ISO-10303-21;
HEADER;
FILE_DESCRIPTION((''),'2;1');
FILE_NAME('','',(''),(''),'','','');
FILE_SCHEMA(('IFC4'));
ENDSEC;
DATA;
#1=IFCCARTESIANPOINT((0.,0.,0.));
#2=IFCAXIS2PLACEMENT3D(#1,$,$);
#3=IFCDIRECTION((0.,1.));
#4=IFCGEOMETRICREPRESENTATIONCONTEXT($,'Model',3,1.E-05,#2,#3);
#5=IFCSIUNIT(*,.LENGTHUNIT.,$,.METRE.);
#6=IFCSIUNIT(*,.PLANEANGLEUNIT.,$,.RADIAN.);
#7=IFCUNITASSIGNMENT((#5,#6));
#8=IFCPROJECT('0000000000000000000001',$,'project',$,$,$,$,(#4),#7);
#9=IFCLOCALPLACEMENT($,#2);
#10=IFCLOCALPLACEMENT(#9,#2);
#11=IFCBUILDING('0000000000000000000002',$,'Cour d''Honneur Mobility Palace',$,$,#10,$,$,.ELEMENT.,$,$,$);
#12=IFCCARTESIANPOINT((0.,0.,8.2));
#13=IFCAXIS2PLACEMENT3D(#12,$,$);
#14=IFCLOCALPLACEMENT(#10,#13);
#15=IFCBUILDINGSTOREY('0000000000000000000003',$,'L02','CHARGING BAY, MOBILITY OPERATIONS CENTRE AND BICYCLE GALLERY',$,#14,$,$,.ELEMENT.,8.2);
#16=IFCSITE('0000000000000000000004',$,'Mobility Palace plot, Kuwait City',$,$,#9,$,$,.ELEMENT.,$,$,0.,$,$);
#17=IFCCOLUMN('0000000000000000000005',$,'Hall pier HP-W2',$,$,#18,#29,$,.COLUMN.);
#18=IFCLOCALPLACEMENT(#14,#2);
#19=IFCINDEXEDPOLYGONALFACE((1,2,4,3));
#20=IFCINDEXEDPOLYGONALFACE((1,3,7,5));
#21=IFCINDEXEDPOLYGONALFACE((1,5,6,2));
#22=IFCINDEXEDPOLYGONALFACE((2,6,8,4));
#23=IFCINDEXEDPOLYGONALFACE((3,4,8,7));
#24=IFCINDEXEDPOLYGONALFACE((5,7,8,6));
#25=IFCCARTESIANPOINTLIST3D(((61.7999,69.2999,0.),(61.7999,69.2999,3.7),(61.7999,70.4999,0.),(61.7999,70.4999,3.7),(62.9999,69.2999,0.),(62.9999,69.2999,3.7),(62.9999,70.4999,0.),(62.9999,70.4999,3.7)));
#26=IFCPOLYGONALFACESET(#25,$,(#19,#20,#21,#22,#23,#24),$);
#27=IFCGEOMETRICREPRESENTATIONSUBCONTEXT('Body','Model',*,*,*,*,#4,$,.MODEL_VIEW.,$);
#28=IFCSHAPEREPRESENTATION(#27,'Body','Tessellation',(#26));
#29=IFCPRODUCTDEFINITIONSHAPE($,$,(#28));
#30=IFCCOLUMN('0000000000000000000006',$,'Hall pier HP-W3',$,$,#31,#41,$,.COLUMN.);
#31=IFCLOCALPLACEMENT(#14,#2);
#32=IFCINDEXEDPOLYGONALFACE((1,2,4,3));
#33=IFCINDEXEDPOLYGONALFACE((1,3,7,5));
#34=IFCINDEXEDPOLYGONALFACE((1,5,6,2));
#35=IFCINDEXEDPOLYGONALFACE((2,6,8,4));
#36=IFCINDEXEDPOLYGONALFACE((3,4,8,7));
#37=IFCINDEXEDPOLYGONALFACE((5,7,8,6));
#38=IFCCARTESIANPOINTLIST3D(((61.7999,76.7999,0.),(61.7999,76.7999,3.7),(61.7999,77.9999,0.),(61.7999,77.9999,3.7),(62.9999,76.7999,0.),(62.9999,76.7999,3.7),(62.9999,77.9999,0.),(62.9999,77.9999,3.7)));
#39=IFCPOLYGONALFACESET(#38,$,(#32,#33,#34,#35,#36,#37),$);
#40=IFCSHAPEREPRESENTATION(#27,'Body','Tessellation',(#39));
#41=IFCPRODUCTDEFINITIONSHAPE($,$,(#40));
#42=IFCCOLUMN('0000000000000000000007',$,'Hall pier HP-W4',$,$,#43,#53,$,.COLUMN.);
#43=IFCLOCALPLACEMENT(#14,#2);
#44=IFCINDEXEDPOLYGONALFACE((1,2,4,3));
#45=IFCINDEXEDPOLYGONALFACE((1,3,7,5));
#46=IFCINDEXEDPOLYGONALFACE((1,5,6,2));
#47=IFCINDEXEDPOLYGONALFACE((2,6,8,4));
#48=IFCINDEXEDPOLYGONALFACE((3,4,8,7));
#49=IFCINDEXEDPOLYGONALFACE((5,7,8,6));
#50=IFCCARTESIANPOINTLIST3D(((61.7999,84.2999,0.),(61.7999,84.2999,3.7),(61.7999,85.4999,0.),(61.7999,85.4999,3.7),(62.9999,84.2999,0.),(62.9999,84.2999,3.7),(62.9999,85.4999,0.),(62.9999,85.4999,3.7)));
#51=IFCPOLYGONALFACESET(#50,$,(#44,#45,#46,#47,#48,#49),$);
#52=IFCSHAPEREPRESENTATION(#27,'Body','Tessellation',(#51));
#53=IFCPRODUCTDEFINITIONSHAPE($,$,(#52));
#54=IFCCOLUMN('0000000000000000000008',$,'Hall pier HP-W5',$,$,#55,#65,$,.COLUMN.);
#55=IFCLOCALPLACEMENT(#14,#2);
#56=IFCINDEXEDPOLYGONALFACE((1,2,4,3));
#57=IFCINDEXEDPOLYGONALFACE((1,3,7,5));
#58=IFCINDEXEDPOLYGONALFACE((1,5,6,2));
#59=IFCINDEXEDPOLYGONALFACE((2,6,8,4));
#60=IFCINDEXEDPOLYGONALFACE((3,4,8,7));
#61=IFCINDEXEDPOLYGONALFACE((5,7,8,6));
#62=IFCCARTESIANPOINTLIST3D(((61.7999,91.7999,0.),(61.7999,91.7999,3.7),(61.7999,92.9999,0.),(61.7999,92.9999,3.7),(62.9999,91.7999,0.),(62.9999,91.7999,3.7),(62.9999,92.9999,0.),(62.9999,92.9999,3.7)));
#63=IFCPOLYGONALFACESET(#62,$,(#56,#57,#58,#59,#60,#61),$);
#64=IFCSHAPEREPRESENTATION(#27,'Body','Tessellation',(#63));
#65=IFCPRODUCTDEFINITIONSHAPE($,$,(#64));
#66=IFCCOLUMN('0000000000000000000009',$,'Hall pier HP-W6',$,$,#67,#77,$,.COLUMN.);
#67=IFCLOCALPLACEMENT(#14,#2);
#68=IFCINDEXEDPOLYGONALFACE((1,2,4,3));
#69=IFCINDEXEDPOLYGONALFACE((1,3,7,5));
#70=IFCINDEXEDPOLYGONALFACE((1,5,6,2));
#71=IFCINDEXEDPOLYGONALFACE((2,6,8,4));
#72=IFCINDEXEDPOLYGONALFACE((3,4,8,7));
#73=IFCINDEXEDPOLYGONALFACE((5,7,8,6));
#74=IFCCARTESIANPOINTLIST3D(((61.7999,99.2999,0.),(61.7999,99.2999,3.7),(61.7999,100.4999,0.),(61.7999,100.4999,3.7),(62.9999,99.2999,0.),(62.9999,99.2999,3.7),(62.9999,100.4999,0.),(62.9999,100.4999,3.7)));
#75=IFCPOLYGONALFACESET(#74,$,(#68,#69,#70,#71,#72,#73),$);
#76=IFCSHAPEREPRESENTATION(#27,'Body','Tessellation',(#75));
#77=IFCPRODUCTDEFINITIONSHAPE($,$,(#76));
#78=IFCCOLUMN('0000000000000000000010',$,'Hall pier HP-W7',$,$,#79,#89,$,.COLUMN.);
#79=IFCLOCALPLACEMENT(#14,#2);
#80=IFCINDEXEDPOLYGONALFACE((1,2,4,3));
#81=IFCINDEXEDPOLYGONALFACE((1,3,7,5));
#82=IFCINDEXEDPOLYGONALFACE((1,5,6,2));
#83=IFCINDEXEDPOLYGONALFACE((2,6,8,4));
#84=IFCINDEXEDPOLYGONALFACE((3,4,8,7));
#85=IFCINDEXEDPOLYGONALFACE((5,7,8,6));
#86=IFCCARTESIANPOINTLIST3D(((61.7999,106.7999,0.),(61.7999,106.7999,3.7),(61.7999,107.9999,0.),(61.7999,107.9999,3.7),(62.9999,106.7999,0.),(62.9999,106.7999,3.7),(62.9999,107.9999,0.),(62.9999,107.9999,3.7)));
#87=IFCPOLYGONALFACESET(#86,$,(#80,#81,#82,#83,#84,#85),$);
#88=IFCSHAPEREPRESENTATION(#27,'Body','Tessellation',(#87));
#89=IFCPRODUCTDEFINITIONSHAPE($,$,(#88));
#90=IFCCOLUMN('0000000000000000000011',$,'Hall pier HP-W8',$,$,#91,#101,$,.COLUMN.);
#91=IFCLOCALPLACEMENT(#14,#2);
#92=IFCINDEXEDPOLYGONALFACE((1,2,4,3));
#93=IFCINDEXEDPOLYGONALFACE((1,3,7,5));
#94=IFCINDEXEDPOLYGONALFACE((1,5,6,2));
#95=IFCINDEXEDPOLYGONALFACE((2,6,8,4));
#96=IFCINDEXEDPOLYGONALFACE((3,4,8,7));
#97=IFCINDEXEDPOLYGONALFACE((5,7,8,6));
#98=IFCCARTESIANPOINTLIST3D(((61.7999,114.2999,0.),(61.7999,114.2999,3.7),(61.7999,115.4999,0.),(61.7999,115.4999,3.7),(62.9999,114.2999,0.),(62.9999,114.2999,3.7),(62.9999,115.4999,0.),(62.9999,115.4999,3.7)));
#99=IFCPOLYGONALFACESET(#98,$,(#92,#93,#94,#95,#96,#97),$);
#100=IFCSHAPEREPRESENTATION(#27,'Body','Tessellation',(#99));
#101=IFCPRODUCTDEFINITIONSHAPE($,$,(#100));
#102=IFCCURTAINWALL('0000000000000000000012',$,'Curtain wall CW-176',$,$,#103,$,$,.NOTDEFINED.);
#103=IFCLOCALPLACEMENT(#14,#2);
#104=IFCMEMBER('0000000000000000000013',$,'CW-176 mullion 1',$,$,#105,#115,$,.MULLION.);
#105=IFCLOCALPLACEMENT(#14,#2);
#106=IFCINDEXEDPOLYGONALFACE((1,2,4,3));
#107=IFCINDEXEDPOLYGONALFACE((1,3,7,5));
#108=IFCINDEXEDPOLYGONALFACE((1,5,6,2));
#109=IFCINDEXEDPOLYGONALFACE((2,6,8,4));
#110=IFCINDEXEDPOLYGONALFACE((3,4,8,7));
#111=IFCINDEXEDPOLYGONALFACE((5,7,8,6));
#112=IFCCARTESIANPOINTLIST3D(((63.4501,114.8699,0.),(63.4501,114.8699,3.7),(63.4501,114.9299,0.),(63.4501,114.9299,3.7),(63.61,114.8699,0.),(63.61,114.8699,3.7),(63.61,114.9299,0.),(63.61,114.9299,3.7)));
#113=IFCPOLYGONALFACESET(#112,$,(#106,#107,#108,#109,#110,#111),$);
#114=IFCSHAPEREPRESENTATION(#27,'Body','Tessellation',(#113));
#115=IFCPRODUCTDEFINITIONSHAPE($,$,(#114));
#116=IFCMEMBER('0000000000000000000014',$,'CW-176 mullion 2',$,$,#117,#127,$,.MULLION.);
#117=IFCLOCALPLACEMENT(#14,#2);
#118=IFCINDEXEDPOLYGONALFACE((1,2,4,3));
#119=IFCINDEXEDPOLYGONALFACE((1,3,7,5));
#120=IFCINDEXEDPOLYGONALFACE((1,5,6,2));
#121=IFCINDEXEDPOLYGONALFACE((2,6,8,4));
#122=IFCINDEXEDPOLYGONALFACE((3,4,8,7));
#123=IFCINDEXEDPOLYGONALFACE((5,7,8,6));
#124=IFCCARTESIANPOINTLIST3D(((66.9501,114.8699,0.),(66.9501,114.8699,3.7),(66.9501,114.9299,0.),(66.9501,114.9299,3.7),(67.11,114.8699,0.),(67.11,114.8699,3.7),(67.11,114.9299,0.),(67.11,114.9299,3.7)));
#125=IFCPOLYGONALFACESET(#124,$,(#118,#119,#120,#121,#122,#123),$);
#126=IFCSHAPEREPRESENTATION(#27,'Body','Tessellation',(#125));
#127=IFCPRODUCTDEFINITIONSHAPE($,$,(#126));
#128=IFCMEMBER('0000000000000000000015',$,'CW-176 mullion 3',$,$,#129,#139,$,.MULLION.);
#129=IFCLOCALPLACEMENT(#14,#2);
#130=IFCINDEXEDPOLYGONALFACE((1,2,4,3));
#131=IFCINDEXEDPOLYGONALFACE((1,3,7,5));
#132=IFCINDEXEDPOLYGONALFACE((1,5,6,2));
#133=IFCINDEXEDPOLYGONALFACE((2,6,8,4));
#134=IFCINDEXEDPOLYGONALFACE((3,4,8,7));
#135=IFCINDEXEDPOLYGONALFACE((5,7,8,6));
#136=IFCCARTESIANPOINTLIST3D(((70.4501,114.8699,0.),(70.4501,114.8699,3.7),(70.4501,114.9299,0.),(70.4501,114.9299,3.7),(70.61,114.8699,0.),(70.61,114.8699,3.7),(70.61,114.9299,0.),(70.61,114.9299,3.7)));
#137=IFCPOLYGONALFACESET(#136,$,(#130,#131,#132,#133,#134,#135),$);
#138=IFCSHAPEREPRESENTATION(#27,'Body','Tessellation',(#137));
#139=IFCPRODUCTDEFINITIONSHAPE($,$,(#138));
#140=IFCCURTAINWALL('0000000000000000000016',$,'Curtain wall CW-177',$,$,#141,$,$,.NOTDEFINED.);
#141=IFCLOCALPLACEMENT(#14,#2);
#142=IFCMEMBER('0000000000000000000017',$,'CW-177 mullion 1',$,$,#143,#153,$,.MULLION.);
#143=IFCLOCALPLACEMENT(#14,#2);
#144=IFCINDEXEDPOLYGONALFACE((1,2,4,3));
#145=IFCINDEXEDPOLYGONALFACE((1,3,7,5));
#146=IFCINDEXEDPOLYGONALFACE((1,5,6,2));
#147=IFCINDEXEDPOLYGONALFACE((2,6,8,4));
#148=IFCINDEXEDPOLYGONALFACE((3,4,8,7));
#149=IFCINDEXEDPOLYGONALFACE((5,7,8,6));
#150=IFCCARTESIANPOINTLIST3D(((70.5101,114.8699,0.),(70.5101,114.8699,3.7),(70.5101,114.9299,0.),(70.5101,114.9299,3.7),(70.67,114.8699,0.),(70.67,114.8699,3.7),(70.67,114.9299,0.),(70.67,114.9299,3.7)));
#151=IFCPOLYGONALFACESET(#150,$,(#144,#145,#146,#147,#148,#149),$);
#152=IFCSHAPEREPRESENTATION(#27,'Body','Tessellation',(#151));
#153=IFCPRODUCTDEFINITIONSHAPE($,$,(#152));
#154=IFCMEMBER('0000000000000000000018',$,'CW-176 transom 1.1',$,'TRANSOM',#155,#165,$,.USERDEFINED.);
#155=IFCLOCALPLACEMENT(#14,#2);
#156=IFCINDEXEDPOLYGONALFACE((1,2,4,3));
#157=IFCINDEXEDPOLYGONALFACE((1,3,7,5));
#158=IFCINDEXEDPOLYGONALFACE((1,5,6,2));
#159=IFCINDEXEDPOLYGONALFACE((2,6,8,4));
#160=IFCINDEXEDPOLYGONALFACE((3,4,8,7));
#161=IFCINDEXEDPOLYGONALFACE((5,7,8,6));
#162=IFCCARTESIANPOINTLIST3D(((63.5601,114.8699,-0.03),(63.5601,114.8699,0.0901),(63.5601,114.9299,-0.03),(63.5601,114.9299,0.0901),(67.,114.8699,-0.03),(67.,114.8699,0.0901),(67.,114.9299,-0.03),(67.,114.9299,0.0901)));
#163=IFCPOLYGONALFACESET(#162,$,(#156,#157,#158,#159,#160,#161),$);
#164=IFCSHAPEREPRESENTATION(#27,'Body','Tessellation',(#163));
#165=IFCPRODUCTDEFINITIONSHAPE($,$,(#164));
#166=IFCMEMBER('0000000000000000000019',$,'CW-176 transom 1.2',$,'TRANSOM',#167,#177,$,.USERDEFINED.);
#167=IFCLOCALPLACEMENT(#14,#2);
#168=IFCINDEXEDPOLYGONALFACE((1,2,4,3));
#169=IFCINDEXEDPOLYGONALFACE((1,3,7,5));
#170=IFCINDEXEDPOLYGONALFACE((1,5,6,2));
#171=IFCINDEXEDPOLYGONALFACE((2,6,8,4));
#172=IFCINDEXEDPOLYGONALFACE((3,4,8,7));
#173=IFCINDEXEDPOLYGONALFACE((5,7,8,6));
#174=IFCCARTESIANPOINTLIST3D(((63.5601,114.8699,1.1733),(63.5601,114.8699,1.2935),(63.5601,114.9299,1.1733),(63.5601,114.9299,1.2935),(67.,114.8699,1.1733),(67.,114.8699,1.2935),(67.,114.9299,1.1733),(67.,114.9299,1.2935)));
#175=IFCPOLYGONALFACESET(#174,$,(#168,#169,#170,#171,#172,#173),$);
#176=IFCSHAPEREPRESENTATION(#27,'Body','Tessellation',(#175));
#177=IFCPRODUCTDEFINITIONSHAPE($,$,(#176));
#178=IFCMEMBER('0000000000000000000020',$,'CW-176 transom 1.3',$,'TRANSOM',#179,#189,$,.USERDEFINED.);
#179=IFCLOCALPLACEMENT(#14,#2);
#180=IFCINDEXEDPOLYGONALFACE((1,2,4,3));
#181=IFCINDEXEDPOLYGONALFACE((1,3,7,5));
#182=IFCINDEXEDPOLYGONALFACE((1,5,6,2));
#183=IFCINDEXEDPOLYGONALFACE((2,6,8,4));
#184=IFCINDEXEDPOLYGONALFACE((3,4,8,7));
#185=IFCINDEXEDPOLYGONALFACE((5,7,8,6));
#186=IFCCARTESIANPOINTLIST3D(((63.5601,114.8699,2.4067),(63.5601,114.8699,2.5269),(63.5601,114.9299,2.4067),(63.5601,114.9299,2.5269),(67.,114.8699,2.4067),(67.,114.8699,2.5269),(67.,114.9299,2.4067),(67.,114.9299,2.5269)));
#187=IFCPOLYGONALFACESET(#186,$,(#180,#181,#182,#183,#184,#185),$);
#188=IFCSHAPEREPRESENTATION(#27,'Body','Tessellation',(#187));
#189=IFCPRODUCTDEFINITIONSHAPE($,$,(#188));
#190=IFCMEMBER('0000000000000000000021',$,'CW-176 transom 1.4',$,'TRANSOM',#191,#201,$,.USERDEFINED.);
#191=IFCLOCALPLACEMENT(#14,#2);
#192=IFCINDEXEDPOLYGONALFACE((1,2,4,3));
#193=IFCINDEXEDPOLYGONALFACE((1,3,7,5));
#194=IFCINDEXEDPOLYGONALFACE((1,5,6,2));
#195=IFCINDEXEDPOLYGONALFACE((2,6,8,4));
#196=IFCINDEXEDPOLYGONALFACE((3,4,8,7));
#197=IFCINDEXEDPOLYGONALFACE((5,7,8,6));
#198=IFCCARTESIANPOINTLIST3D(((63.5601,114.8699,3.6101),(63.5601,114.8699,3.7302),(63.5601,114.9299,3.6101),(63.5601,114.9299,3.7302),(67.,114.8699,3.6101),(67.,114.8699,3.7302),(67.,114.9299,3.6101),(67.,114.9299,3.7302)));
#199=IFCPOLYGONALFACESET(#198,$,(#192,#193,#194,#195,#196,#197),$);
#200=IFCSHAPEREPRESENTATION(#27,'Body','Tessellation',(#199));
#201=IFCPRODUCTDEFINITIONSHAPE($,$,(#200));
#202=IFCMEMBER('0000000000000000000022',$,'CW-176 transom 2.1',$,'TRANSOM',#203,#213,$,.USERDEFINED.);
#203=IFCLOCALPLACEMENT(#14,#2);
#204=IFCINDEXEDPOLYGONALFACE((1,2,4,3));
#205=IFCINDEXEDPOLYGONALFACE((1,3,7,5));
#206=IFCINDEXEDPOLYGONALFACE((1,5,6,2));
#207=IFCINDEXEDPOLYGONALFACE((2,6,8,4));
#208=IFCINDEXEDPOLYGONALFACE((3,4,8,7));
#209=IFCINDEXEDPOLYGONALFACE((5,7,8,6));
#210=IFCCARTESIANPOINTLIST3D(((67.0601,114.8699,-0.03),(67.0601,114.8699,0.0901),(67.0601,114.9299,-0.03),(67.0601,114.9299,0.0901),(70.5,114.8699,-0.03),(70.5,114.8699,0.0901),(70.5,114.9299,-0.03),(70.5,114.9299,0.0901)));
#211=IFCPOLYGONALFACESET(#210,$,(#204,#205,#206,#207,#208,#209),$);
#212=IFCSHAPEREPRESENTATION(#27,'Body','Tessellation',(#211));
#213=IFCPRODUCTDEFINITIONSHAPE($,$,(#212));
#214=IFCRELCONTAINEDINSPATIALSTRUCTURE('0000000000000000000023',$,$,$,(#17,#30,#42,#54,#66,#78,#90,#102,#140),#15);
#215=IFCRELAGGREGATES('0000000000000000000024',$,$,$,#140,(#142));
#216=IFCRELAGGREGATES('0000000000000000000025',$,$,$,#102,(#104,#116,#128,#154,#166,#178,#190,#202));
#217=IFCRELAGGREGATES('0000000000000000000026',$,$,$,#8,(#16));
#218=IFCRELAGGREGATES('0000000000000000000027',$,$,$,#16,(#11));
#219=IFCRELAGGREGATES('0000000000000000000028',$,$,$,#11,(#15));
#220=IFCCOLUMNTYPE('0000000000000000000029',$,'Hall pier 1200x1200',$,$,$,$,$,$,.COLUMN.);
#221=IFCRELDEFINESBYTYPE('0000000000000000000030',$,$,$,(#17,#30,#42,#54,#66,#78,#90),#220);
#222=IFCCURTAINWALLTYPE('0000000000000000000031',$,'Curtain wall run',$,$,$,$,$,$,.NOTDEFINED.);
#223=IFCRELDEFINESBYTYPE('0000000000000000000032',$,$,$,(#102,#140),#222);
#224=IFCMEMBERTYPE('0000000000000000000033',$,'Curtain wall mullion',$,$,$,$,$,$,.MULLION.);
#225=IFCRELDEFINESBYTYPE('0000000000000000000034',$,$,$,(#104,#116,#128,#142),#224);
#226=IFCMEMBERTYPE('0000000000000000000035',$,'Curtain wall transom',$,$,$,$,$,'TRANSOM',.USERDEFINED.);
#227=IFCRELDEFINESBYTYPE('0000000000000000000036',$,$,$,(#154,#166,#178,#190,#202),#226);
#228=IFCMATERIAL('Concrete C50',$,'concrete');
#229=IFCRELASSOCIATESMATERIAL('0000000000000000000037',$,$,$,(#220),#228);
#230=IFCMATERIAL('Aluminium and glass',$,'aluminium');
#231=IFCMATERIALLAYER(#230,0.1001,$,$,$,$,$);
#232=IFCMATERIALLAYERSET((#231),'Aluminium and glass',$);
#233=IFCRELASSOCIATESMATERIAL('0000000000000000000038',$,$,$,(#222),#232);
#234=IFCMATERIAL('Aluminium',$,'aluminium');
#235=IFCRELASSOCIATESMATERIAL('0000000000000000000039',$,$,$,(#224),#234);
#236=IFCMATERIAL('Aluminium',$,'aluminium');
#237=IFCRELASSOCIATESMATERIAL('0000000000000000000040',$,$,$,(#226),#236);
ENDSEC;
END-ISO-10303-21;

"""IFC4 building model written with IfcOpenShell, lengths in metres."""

from ifc_helpers import new_model, si_unit, direction, frame, origin, origin_2d, place, context, subcontext, project, spatial, rectangle, extrude, material, layer, layer_set, material_profile, profile_set, type_object, element, aggregate, save


model = new_model("IFC4")

# Units and contexts
model_context = context("Model", 3, precision=1e-05, world=origin(), true_north=direction((0.0, 1.0)))
body_context = subcontext(model_context, "Body", "Model", "MODEL_VIEW")
ifc_project = project(units=[si_unit("LENGTHUNIT", "METRE"), si_unit("PLANEANGLEUNIT", "RADIAN")], contexts=[model_context])

# Site, building, storey
site_placement = place(None, origin())
site = spatial("IfcSite", under=ifc_project, at=site_placement, Name="Mobility Palace plot, Kuwait City", CompositionType="ELEMENT", RefElevation=0.0)
building_placement = place(site_placement, origin())
building = spatial("IfcBuilding", under=site, at=building_placement, Name="Cour d'Honneur Mobility Palace", CompositionType="ELEMENT")
storey_placement = place(building_placement, frame((0.0, 0.0, 8.2)))
storey = spatial("IfcBuildingStorey", under=building, at=storey_placement, Name="L02", Description="CHARGING BAY, MOBILITY OPERATIONS CENTRE AND BICYCLE GALLERY", CompositionType="ELEMENT", Elevation=8.2)

# Columns
ifc_material_1 = material(Name="Concrete C50", Category="concrete")
ifc_material_profile_1 = material_profile(ifc_material_1, rectangle(XDim=1.2, YDim=1.2, at=origin_2d()), Name="Hall pier 1200x1200")
ifc_profile_set_1 = profile_set([ifc_material_profile_1], Name="Concrete C50")
column_type = type_object("IfcColumnType", Name="Hall pier 1200x1200", PredefinedType="COLUMN", material=ifc_profile_set_1)
for number, where, z_axis, x_axis, name in (
    (1, (62.3999, 69.8999, 0.0), (0.0, 0.0, 1.0), (1.0, 0.0, 0.0), "Hall pier HP-W2"),
    (2, (62.3999, 77.3999, 0.0), (0.0, 0.0, 1.0), (1.0, 0.0, 0.0), "Hall pier HP-W3"),
    (3, (62.3999, 84.8999, 0.0), (0.0, 0.0, 1.0), (1.0, 0.0, 0.0), "Hall pier HP-W4"),
    (4, (62.3999, 92.3999, 0.0), (0.0, 0.0, 1.0), (1.0, 0.0, 0.0), "Hall pier HP-W5"),
    (5, (62.3999, 99.8999, 0.0), (0.0, 0.0, 1.0), (1.0, 0.0, 0.0), "Hall pier HP-W6"),
    (6, (62.3999, 107.3999, 0.0), (0.0, 0.0, 1.0), (1.0, 0.0, 0.0), "Hall pier HP-W7"),
    (7, (62.3999, 114.8999, 0.0), (0.0, 0.0, 1.0), (1.0, 0.0, 0.0), "Hall pier HP-W8"),
):
    element("IfcColumn", number, at=place(storey_placement, frame(where, z_axis=z_axis, x_axis=x_axis)), inside=storey, type_object=column_type, Name=name, PredefinedType="COLUMN", context=body_context, shape_type="SweptSolid", body=[
        extrude(rectangle(XDim=1.2, YDim=1.2, at=origin_2d()), origin(), (0.0, 0.0, 1.0), 3.7),
    ])

# Curtain wall, members
ifc_material_2 = material(Name="Aluminium and glass", Category="aluminium")
ifc_layer_1 = layer(ifc_material_2, 0.1001)
ifc_layer_set_1 = layer_set([ifc_layer_1], Name="Aluminium and glass")
curtain_wall_type = type_object("IfcCurtainWallType", Name="Curtain wall run", PredefinedType="NOTDEFINED", material=ifc_layer_set_1)
curtain_wall_1_placement = place(storey_placement, origin())
curtain_wall_1 = element("IfcCurtainWall", 8, at=curtain_wall_1_placement, inside=storey, type_object=curtain_wall_type, Name="Curtain wall CW-176", PredefinedType="NOTDEFINED")
ifc_material_3 = material(Name="Aluminium", Category="aluminium")
ifc_material_profile_2 = material_profile(ifc_material_3, rectangle(XDim=0.0601, YDim=0.1599, at=origin_2d()), Name="Curtain wall mullion")
ifc_profile_set_2 = profile_set([ifc_material_profile_2], Name="Aluminium")
member_type_1 = type_object("IfcMemberType", Name="Curtain wall mullion", PredefinedType="MULLION", material=ifc_profile_set_2)
member_1_placement = place(storey_placement, frame((63.53, 114.8999, 0.0), z_axis=(0.0, 0.0, 1.0), x_axis=(0.0, 1.0, 0.0)))
member_1 = element("IfcMember", 9, at=member_1_placement, type_object=member_type_1, Name="CW-176 mullion 1", PredefinedType="MULLION", context=body_context, shape_type="SweptSolid", body=[
    extrude(rectangle(XDim=0.0601, YDim=0.1599, at=origin_2d()), origin(), (0.0, 0.0, 1.0), 3.7),
])
member_2_placement = place(storey_placement, frame((67.03, 114.8999, 0.0), z_axis=(0.0, 0.0, 1.0), x_axis=(0.0, 1.0, 0.0)))
member_2 = element("IfcMember", 10, at=member_2_placement, type_object=member_type_1, Name="CW-176 mullion 2", PredefinedType="MULLION", context=body_context, shape_type="SweptSolid", body=[
    extrude(rectangle(XDim=0.0601, YDim=0.1599, at=origin_2d()), origin(), (0.0, 0.0, 1.0), 3.7),
])
member_3_placement = place(storey_placement, frame((70.53, 114.8999, 0.0), z_axis=(0.0, 0.0, 1.0), x_axis=(0.0, 1.0, 0.0)))
member_3 = element("IfcMember", 11, at=member_3_placement, type_object=member_type_1, Name="CW-176 mullion 3", PredefinedType="MULLION", context=body_context, shape_type="SweptSolid", body=[
    extrude(rectangle(XDim=0.0601, YDim=0.1599, at=origin_2d()), origin(), (0.0, 0.0, 1.0), 3.7),
])

# Curtain wall, member
curtain_wall_2_placement = place(storey_placement, origin())
curtain_wall_2 = element("IfcCurtainWall", 12, at=curtain_wall_2_placement, inside=storey, type_object=curtain_wall_type, Name="Curtain wall CW-177", PredefinedType="NOTDEFINED")
member_4_placement = place(storey_placement, frame((70.5901, 114.8999, 0.0), z_axis=(0.0, 0.0, 1.0), x_axis=(0.0, 1.0, 0.0)))
member_4 = element("IfcMember", 13, at=member_4_placement, type_object=member_type_1, Name="CW-177 mullion 1", PredefinedType="MULLION", context=body_context, shape_type="SweptSolid", body=[
    extrude(rectangle(XDim=0.0601, YDim=0.1599, at=origin_2d()), origin(), (0.0, 0.0, 1.0), 3.7),
])

# Members
ifc_material_4 = material(Name="Aluminium", Category="aluminium")
ifc_material_profile_3 = material_profile(ifc_material_4, rectangle(XDim=0.0601, YDim=0.1201, at=origin_2d()), Name="Curtain wall transom")
ifc_profile_set_3 = profile_set([ifc_material_profile_3], Name="Aluminium")
member_type_2 = type_object("IfcMemberType", Name="Curtain wall transom", ElementType="TRANSOM", PredefinedType="USERDEFINED", material=ifc_profile_set_3)
member_5_placement = place(storey_placement, frame((63.5601, 114.8999, 0.03), z_axis=(1.0, 0.0, 0.0), x_axis=(0.0, 1.0, 0.0)))
member_5 = element("IfcMember", 14, at=member_5_placement, type_object=member_type_2, Name="CW-176 transom 1.1", ObjectType="TRANSOM", PredefinedType="USERDEFINED", context=body_context, shape_type="SweptSolid", body=[
    extrude(rectangle(XDim=0.0601, YDim=0.1201, at=origin_2d()), origin(), (0.0, 0.0, 1.0), 3.4399),
])
member_6_placement = place(storey_placement, frame((63.5601, 114.8999, 1.2334), z_axis=(1.0, 0.0, 0.0), x_axis=(0.0, 1.0, 0.0)))
member_6 = element("IfcMember", 15, at=member_6_placement, type_object=member_type_2, Name="CW-176 transom 1.2", ObjectType="TRANSOM", PredefinedType="USERDEFINED", context=body_context, shape_type="SweptSolid", body=[
    extrude(rectangle(XDim=0.0601, YDim=0.1201, at=origin_2d()), origin(), (0.0, 0.0, 1.0), 3.4399),
])
member_7_placement = place(storey_placement, frame((63.5601, 114.8999, 2.4668), z_axis=(1.0, 0.0, 0.0), x_axis=(0.0, 1.0, 0.0)))
member_7 = element("IfcMember", 16, at=member_7_placement, type_object=member_type_2, Name="CW-176 transom 1.3", ObjectType="TRANSOM", PredefinedType="USERDEFINED", context=body_context, shape_type="SweptSolid", body=[
    extrude(rectangle(XDim=0.0601, YDim=0.1201, at=origin_2d()), origin(), (0.0, 0.0, 1.0), 3.4399),
])
member_8_placement = place(storey_placement, frame((63.5601, 114.8999, 3.6702), z_axis=(1.0, 0.0, 0.0), x_axis=(0.0, 1.0, 0.0)))
member_8 = element("IfcMember", 17, at=member_8_placement, type_object=member_type_2, Name="CW-176 transom 1.4", ObjectType="TRANSOM", PredefinedType="USERDEFINED", context=body_context, shape_type="SweptSolid", body=[
    extrude(rectangle(XDim=0.0601, YDim=0.1201, at=origin_2d()), origin(), (0.0, 0.0, 1.0), 3.4399),
])
member_9_placement = place(storey_placement, frame((67.0601, 114.8999, 0.03), z_axis=(1.0, 0.0, 0.0), x_axis=(0.0, 1.0, 0.0)))
member_9 = element("IfcMember", 18, at=member_9_placement, type_object=member_type_2, Name="CW-176 transom 2.1", ObjectType="TRANSOM", PredefinedType="USERDEFINED", context=body_context, shape_type="SweptSolid", body=[
    extrude(rectangle(XDim=0.0601, YDim=0.1201, at=origin_2d()), origin(), (0.0, 0.0, 1.0), 3.4399),
])
aggregate(curtain_wall_2, [member_4])

aggregate(curtain_wall_1, [member_1, member_2, member_3, member_5, member_6, member_7, member_8, member_9])

save(model, "model.ifc")
